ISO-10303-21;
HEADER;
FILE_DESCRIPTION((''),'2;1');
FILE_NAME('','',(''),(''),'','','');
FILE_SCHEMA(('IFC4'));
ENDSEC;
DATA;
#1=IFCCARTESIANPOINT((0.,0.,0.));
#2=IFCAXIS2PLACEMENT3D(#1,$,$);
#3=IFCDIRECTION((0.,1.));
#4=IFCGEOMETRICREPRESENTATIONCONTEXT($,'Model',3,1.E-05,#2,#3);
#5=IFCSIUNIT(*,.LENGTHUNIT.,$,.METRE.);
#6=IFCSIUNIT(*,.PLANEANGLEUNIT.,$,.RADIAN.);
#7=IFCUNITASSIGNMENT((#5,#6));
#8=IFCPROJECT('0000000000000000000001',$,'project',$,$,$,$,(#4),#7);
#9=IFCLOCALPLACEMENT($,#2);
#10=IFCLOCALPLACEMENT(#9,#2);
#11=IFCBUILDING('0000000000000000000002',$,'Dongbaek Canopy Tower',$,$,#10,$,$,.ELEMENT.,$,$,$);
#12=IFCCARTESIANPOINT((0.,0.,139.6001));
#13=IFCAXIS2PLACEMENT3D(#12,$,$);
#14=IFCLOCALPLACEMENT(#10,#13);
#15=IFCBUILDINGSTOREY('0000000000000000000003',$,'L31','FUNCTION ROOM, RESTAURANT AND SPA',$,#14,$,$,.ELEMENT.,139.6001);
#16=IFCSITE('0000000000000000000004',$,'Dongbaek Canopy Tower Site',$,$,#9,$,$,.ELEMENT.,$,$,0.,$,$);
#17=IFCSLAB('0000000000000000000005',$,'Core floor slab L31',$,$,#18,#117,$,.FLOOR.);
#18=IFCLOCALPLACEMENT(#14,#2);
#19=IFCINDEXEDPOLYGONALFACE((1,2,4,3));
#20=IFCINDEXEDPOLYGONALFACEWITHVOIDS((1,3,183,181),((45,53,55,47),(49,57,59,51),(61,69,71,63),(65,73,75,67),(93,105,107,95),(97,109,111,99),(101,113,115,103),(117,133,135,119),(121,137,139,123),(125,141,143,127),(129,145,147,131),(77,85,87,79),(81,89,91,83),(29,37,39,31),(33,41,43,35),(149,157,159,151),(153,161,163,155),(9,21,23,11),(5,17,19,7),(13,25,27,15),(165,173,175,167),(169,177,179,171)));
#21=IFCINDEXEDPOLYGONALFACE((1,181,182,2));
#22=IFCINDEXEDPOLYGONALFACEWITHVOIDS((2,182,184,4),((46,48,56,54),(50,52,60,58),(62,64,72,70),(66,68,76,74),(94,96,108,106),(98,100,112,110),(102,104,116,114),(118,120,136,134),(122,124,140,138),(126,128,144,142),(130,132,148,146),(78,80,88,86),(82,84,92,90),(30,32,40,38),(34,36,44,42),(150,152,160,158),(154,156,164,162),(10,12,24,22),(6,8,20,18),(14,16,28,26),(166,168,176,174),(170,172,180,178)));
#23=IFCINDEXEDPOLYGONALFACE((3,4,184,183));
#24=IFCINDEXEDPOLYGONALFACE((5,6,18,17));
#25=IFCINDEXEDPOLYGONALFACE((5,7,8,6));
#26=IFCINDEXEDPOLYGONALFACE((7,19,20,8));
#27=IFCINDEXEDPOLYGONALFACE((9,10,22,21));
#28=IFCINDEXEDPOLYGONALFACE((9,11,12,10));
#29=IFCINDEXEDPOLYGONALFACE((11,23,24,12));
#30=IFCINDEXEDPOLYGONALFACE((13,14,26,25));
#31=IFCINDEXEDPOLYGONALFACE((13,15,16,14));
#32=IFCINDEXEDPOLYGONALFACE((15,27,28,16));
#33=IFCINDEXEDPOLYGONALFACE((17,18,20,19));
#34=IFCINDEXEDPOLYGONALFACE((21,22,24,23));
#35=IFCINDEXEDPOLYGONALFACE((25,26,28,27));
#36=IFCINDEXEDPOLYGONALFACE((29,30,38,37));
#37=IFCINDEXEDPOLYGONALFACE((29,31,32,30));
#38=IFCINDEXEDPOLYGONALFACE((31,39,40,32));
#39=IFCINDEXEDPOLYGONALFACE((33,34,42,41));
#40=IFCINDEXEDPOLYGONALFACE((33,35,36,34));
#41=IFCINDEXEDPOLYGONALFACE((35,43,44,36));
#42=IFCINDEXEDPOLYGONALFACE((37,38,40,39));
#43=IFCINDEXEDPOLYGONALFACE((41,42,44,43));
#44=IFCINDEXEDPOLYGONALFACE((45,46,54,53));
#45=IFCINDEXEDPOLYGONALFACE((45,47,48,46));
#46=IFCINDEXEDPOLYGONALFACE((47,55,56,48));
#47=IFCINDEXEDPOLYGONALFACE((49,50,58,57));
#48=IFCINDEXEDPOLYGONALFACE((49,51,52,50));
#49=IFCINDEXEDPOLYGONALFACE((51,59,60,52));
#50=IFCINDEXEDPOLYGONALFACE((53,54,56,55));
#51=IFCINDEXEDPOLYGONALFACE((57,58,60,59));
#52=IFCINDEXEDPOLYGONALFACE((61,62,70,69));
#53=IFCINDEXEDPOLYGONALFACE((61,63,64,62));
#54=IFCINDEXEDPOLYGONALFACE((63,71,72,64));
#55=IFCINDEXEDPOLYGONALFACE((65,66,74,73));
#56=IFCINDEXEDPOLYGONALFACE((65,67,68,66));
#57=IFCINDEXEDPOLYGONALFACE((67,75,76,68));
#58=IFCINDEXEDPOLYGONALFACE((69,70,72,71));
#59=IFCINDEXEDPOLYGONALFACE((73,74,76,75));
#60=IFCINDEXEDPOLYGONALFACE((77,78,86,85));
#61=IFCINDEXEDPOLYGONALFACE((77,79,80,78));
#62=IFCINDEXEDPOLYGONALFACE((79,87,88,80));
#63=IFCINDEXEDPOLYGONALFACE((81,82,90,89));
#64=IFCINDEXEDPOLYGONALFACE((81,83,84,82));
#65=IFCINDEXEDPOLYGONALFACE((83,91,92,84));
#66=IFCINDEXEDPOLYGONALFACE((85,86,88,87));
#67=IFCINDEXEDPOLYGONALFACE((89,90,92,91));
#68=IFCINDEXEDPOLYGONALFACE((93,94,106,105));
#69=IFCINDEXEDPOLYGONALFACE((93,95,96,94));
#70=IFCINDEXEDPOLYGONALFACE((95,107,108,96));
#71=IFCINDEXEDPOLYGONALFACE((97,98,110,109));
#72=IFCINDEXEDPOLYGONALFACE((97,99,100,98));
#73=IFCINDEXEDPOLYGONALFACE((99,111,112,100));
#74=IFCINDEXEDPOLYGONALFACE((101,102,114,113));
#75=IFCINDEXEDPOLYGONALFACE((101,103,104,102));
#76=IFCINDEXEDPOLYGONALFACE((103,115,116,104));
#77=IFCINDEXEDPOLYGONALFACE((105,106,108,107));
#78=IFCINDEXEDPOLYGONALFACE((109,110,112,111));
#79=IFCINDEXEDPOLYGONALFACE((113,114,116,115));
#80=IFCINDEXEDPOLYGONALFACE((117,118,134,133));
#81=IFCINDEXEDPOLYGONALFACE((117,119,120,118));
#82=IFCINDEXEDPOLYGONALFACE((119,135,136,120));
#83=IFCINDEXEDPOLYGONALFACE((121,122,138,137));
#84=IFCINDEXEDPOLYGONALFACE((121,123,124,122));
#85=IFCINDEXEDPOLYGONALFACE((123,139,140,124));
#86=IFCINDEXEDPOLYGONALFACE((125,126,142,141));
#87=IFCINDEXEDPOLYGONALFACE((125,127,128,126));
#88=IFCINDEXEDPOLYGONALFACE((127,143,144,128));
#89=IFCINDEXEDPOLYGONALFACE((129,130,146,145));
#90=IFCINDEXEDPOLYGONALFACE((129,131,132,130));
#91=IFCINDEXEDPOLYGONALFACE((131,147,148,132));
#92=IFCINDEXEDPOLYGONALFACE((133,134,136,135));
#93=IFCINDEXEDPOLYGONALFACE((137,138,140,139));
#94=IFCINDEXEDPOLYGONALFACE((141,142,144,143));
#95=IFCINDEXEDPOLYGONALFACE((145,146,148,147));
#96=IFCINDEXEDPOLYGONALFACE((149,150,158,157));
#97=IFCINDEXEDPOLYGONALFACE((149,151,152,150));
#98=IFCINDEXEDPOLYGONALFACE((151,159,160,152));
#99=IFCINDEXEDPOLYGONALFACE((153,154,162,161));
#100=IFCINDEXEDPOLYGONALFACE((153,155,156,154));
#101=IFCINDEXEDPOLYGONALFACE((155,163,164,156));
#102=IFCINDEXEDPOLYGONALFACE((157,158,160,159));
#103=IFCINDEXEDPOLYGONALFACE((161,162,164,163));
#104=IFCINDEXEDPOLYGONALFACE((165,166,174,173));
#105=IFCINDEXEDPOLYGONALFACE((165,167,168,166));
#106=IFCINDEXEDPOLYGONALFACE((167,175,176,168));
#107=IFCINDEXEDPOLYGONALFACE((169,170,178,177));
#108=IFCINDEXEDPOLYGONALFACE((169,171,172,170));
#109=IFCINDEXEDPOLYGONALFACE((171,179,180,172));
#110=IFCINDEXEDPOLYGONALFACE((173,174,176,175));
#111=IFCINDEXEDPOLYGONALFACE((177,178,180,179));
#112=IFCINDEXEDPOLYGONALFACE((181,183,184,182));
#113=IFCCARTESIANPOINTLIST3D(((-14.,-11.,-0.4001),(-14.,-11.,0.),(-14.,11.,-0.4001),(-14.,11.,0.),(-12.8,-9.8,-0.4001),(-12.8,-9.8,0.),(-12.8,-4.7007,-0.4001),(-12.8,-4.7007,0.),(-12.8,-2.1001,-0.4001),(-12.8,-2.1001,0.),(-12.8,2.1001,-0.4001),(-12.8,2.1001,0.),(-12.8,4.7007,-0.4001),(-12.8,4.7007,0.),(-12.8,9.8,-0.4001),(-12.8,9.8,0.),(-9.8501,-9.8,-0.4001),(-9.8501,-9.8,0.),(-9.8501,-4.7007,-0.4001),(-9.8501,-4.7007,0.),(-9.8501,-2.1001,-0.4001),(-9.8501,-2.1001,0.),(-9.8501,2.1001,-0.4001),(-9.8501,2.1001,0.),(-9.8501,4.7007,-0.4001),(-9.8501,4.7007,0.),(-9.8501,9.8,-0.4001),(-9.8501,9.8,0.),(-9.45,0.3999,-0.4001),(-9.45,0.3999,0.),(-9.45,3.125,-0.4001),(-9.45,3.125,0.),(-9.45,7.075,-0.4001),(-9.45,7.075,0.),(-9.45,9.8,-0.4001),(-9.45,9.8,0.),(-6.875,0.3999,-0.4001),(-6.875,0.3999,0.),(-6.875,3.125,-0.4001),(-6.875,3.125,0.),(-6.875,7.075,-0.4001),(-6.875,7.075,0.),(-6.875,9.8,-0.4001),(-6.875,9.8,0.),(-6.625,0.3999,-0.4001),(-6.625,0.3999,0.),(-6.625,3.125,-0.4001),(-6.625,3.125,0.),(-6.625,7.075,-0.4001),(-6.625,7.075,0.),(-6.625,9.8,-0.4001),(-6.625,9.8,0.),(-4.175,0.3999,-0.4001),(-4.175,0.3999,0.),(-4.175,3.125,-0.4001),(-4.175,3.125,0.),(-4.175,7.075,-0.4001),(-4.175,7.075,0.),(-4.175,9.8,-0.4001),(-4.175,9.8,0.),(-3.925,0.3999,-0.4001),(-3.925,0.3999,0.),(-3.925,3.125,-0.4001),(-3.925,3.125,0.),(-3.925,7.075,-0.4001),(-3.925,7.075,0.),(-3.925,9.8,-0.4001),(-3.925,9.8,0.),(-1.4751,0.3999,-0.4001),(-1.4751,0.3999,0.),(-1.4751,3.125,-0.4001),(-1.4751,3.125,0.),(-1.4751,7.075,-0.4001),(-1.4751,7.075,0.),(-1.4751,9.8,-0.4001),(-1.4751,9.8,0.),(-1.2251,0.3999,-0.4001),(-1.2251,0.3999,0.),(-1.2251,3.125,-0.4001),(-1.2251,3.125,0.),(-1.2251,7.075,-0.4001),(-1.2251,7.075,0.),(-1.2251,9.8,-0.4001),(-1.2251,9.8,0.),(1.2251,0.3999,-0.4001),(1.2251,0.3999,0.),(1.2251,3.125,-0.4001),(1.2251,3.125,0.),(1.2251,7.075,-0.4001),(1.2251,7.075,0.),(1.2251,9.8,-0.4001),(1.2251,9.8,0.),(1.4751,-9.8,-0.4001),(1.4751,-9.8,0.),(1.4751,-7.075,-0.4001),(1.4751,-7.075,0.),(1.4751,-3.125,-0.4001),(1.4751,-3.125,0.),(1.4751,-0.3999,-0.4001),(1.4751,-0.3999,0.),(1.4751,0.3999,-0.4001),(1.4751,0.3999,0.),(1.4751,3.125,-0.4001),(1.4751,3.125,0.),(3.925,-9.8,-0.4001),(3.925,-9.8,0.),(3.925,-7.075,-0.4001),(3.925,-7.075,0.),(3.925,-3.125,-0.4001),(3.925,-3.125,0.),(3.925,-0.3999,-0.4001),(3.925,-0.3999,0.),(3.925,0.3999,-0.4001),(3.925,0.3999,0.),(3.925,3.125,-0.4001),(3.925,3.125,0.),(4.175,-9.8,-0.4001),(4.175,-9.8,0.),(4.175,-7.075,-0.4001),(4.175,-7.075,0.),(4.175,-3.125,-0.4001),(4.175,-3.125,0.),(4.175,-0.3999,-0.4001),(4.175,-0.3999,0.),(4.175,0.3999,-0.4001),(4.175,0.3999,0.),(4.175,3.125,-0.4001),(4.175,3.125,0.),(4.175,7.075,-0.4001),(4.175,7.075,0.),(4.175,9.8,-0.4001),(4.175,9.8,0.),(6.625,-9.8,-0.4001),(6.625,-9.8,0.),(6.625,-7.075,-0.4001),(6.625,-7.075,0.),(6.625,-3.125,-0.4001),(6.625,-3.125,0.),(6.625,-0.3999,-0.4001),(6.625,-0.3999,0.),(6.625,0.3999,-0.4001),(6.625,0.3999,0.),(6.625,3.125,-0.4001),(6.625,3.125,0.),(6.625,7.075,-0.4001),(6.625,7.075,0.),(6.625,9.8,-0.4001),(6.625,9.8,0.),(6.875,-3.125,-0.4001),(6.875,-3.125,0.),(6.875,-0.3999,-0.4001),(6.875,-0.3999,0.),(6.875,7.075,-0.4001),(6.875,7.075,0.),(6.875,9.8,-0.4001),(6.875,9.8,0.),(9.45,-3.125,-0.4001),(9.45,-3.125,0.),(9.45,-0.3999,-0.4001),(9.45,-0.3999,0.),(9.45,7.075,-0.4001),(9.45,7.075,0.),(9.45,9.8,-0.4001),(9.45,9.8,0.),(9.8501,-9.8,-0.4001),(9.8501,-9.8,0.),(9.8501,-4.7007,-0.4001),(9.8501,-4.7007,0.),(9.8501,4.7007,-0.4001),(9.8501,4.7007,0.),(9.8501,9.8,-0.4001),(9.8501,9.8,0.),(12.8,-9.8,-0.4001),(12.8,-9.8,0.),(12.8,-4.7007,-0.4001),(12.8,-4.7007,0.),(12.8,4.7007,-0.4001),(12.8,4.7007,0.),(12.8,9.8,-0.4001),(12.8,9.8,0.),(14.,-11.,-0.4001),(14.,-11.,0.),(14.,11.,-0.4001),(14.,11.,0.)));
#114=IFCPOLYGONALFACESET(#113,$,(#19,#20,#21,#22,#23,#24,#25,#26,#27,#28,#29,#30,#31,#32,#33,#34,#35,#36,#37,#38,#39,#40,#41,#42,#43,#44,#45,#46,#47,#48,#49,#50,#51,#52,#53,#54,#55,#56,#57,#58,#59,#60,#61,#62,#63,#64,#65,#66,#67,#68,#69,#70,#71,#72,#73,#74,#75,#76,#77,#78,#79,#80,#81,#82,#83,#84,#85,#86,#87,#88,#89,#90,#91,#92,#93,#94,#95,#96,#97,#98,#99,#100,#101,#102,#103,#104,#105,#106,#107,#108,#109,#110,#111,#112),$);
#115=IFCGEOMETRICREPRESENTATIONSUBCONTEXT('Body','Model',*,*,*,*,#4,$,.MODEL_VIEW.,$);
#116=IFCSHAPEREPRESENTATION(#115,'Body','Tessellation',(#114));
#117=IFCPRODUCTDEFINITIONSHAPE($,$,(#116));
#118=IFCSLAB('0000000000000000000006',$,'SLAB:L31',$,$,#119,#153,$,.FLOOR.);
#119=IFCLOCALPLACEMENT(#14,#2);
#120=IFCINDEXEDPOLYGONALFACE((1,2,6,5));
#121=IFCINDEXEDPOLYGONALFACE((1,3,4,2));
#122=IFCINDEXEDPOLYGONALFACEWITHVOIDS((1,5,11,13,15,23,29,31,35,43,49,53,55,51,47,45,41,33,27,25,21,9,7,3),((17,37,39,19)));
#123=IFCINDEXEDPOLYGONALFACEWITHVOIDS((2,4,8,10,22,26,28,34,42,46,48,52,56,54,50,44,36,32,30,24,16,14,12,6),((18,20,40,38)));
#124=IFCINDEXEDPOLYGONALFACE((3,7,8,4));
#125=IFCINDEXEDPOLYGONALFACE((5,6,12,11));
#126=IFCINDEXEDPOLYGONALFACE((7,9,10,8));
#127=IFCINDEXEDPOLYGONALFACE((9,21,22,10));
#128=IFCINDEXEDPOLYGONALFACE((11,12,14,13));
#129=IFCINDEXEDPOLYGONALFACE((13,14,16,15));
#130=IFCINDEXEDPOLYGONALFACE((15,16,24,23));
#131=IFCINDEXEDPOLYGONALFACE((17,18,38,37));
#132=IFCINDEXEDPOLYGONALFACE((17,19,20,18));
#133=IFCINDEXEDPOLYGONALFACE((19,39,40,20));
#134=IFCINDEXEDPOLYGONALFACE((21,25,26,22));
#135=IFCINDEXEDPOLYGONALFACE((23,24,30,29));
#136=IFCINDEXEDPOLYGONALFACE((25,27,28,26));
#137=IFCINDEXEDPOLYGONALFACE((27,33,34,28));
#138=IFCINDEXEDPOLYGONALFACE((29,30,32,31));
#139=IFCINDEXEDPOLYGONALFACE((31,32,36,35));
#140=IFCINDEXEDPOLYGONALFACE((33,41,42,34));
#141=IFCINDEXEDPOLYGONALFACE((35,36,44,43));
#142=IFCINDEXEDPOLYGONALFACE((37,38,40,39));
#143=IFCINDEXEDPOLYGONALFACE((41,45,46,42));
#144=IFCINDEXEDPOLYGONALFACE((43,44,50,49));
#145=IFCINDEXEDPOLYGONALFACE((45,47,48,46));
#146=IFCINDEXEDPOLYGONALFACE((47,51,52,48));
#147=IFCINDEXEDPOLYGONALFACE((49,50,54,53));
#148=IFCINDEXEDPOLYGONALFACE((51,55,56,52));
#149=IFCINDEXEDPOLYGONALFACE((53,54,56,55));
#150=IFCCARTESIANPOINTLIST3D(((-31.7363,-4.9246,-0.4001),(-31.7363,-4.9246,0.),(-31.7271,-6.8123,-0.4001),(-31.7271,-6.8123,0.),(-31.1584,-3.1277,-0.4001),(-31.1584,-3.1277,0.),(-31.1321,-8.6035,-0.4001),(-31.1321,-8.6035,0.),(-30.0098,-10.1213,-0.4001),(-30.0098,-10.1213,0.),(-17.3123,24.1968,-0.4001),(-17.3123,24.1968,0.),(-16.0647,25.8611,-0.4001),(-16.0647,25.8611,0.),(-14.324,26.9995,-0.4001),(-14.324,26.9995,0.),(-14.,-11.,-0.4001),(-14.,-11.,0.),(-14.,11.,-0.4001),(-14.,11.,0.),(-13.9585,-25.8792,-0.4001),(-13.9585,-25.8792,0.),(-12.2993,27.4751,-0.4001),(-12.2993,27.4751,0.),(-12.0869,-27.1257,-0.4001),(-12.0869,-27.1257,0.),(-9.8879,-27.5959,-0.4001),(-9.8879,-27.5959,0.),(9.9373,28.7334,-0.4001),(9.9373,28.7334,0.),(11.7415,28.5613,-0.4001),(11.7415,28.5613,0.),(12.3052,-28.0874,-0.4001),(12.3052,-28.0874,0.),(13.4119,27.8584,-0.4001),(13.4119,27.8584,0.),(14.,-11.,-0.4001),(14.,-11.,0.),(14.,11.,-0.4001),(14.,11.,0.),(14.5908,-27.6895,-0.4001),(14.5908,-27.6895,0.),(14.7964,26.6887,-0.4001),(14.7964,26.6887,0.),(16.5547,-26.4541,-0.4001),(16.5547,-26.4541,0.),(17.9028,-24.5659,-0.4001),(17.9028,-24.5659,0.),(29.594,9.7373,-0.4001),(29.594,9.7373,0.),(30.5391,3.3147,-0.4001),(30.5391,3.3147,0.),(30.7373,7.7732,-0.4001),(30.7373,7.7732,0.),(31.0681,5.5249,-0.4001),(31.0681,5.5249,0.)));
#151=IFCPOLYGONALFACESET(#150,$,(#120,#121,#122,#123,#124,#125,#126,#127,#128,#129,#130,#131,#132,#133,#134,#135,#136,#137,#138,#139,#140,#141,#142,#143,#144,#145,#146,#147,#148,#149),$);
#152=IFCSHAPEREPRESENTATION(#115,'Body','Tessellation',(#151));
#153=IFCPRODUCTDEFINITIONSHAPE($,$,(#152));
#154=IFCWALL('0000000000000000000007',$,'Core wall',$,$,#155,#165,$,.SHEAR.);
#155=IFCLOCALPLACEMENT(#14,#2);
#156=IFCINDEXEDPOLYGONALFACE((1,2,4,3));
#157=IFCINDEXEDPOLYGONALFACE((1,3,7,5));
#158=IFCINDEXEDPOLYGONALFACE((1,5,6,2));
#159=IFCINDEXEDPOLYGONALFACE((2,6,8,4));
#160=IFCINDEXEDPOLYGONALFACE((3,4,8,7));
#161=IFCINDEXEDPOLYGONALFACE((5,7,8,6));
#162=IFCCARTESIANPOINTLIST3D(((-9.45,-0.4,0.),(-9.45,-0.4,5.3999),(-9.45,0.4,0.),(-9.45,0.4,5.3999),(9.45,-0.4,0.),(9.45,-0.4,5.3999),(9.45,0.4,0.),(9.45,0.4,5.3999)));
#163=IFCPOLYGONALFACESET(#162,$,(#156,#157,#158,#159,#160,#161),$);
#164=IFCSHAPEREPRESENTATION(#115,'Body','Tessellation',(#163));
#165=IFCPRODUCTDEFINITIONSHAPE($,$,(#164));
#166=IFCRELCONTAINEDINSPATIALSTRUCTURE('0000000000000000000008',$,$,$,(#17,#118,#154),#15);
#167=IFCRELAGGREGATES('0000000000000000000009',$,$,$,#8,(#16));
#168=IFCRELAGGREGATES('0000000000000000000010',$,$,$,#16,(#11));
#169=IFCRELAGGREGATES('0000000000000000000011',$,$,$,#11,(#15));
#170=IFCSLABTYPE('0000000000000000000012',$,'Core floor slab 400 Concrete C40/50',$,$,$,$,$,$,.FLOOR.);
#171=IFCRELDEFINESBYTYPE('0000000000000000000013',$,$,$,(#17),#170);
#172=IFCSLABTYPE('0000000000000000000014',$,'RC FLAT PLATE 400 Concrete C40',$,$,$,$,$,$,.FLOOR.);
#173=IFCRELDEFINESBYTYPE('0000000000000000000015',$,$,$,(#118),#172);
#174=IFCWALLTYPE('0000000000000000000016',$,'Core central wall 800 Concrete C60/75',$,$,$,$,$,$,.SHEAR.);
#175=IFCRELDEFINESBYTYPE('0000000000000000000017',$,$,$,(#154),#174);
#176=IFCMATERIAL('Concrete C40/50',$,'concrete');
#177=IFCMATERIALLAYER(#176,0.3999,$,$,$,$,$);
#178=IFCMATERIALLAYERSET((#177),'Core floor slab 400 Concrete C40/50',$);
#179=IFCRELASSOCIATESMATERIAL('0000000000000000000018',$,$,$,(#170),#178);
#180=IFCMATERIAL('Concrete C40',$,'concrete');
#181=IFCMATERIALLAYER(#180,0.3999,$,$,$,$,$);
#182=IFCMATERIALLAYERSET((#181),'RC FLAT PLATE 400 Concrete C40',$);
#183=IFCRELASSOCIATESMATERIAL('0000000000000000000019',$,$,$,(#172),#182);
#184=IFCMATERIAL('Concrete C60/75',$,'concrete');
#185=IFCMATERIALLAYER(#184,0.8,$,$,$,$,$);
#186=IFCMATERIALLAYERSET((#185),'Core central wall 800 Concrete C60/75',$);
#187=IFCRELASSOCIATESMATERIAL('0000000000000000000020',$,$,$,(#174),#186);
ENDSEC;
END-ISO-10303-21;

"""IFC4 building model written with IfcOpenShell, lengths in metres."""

from ifc_helpers import new_model, si_unit, direction, frame, frame_2d, origin, place, context, subcontext, project, spatial, polyline, rectangle, outline, extrude, material, layer, layer_set, type_object, element, save


model = new_model("IFC4")

# Units and contexts
model_context = context("Model", 3, precision=1e-05, world=origin(), true_north=direction((0.0, 1.0)))
body_context = subcontext(model_context, "Body", "Model", "MODEL_VIEW")
ifc_project = project(units=[si_unit("LENGTHUNIT", "METRE"), si_unit("PLANEANGLEUNIT", "RADIAN")], contexts=[model_context])

# Site, building, storey
site_placement = place(None, origin())
site = spatial("IfcSite", under=ifc_project, at=site_placement, Name="Dongbaek Canopy Tower Site", CompositionType="ELEMENT", RefElevation=0.0)
building_placement = place(site_placement, origin())
building = spatial("IfcBuilding", under=site, at=building_placement, Name="Dongbaek Canopy Tower", CompositionType="ELEMENT")
storey_placement = place(building_placement, frame((0.0, 0.0, 139.6001)))
storey = spatial("IfcBuildingStorey", under=building, at=storey_placement, Name="L31", Description="FUNCTION ROOM, RESTAURANT AND SPA", CompositionType="ELEMENT", Elevation=139.6001)

# Slabs
ifc_material_1 = material(Name="Concrete C40/50", Category="concrete")
ifc_layer_1 = layer(ifc_material_1, 0.3999)
ifc_layer_set_1 = layer_set([ifc_layer_1], Name="Core floor slab 400 Concrete C40/50")
slab_type_1 = type_object("IfcSlabType", Name="Core floor slab 400 Concrete C40/50", PredefinedType="FLOOR", material=ifc_layer_set_1)
slab_1_placement = place(storey_placement, frame((0.0, 0.0, -0.4001)))
element("IfcSlab", 1, at=slab_1_placement, inside=storey, type_object=slab_type_1, Name="Core floor slab L31", PredefinedType="FLOOR", context=body_context, shape_type="SweptSolid", body=[
    extrude(outline(polyline([(14.0, -11.0), (14.0, 11.0), (-14.0, 11.0), (-14.0, -11.0), (14.0, -11.0)]), holes=[polyline([(-12.8, 2.1001), (-9.8501, 2.1001), (-9.8501, -2.1001), (-12.8, -2.1001), (-12.8, 2.1001)]), polyline([(-6.875, 9.8), (-6.875, 7.075), (-9.45, 7.075), (-9.45, 9.8), (-6.875, 9.8)]), polyline([(-4.175, 9.8), (-4.175, 7.075), (-6.625, 7.075), (-6.625, 9.8), (-4.175, 9.8)]), polyline([(-1.4751, 9.8), (-1.4751, 7.075), (-3.925, 7.075), (-3.925, 9.8), (-1.4751, 9.8)]), polyline([(1.2251, 9.8), (1.2251, 7.075), (-1.2251, 7.075), (-1.2251, 9.8), (1.2251, 9.8)]), polyline([(6.625, 9.8), (6.625, 7.075), (4.175, 7.075), (4.175, 9.8), (6.625, 9.8)]), polyline([(9.45, 7.075), (6.875, 7.075), (6.875, 9.8), (9.45, 9.8), (9.45, 7.075)]), polyline([(-9.45, 3.125), (-6.875, 3.125), (-6.875, 0.3999), (-9.45, 0.3999), (-9.45, 3.125)]), polyline([(-6.625, 3.125), (-4.175, 3.125), (-4.175, 0.3999), (-6.625, 0.3999), (-6.625, 3.125)]), polyline([(-3.925, 3.125), (-1.4751, 3.125), (-1.4751, 0.3999), (-3.925, 0.3999), (-3.925, 3.125)]), polyline([(-1.2251, 0.3999), (-1.2251, 3.125), (1.2251, 3.125), (1.2251, 0.3999), (-1.2251, 0.3999)]), polyline([(1.4751, 0.3999), (1.4751, 3.125), (3.925, 3.125), (3.925, 0.3999), (1.4751, 0.3999)]), polyline([(4.175, 0.3999), (4.175, 3.125), (6.625, 3.125), (6.625, 0.3999), (4.175, 0.3999)]), polyline([(1.4751, -0.3999), (3.925, -0.3999), (3.925, -3.125), (1.4751, -3.125), (1.4751, -0.3999)]), polyline([(6.625, -0.3999), (6.625, -3.125), (4.175, -3.125), (4.175, -0.3999), (6.625, -0.3999)]), polyline([(9.45, -3.125), (6.875, -3.125), (6.875, -0.3999), (9.45, -0.3999), (9.45, -3.125)]), polyline([(1.4751, -9.8), (1.4751, -7.075), (3.925, -7.075), (3.925, -9.8), (1.4751, -9.8)]), polyline([(4.175, -9.8), (4.175, -7.075), (6.625, -7.075), (6.625, -9.8), (4.175, -9.8)]), polyline([(12.8, 4.7007), (12.8, 9.8), (9.8501, 9.8), (9.8501, 4.7007), (12.8, 4.7007)]), polyline([(-9.8501, 4.7007), (-9.8501, 9.8), (-12.8, 9.8), (-12.8, 4.7007), (-9.8501, 4.7007)]), polyline([(9.8501, -4.7007), (9.8501, -9.8), (12.8, -9.8), (12.8, -4.7007), (9.8501, -4.7007)]), polyline([(-12.8, -4.7007), (-12.8, -9.8), (-9.8501, -9.8), (-9.8501, -4.7007), (-12.8, -4.7007)])]), origin(), (0.0, 0.0, 1.0), 0.4001),
])
ifc_material_2 = material(Name="Concrete C40", Category="concrete")
ifc_layer_2 = layer(ifc_material_2, 0.3999)
ifc_layer_set_2 = layer_set([ifc_layer_2], Name="RC FLAT PLATE 400 Concrete C40")
slab_type_2 = type_object("IfcSlabType", Name="RC FLAT PLATE 400 Concrete C40", PredefinedType="FLOOR", material=ifc_layer_set_2)
slab_2_placement = place(storey_placement, frame((0.0, 0.0, -0.4001)))
element("IfcSlab", 2, at=slab_2_placement, inside=storey, type_object=slab_type_2, Name="SLAB:L31", PredefinedType="FLOOR", context=body_context, shape_type="SweptSolid", body=[
    extrude(outline(polyline([(17.9028, -24.5659), (16.5547, -26.4541), (14.5908, -27.6895), (12.3052, -28.0874), (-9.8879, -27.5959), (-12.0869, -27.1257), (-13.9585, -25.8792), (-30.0098, -10.1213), (-31.1321, -8.6035), (-31.7271, -6.8123), (-31.7363, -4.9246), (-31.1584, -3.1277), (-17.3123, 24.1968), (-16.0647, 25.8611), (-14.324, 26.9995), (-12.2993, 27.4751), (9.9373, 28.7334), (11.7415, 28.5613), (13.4119, 27.8584), (14.7964, 26.6887), (29.594, 9.7373), (30.7373, 7.7732), (31.0681, 5.5249), (30.5391, 3.3147), (17.9028, -24.5659)]), holes=[polyline([(14.0, 11.0), (-14.0, 11.0), (-14.0, -11.0), (14.0, -11.0), (14.0, 11.0)])]), origin(), (0.0, 0.0, 1.0), 0.4001),
])

# Wall
ifc_material_3 = material(Name="Concrete C60/75", Category="concrete")
ifc_layer_3 = layer(ifc_material_3, 0.8)
ifc_layer_set_3 = layer_set([ifc_layer_3], Name="Core central wall 800 Concrete C60/75")
wall_type_1 = type_object("IfcWallType", Name="Core central wall 800 Concrete C60/75", PredefinedType="SHEAR", material=ifc_layer_set_3)
wall_1_placement = place(storey_placement, frame((-9.45, 0.0, 0.0), z_axis=(0.0, 0.0, 1.0), x_axis=(1.0, 0.0, 0.0)))
element("IfcWall", 3, at=wall_1_placement, inside=storey, type_object=wall_type_1, Name="Core wall", PredefinedType="SHEAR", context=body_context, shape_type="SweptSolid", body=[
    extrude(rectangle(XDim=18.8999, YDim=0.8, at=frame_2d((9.45, 0.0))), origin(), (0.0, 0.0, 1.0), 5.3999),
])

save(model, "model.ifc")
